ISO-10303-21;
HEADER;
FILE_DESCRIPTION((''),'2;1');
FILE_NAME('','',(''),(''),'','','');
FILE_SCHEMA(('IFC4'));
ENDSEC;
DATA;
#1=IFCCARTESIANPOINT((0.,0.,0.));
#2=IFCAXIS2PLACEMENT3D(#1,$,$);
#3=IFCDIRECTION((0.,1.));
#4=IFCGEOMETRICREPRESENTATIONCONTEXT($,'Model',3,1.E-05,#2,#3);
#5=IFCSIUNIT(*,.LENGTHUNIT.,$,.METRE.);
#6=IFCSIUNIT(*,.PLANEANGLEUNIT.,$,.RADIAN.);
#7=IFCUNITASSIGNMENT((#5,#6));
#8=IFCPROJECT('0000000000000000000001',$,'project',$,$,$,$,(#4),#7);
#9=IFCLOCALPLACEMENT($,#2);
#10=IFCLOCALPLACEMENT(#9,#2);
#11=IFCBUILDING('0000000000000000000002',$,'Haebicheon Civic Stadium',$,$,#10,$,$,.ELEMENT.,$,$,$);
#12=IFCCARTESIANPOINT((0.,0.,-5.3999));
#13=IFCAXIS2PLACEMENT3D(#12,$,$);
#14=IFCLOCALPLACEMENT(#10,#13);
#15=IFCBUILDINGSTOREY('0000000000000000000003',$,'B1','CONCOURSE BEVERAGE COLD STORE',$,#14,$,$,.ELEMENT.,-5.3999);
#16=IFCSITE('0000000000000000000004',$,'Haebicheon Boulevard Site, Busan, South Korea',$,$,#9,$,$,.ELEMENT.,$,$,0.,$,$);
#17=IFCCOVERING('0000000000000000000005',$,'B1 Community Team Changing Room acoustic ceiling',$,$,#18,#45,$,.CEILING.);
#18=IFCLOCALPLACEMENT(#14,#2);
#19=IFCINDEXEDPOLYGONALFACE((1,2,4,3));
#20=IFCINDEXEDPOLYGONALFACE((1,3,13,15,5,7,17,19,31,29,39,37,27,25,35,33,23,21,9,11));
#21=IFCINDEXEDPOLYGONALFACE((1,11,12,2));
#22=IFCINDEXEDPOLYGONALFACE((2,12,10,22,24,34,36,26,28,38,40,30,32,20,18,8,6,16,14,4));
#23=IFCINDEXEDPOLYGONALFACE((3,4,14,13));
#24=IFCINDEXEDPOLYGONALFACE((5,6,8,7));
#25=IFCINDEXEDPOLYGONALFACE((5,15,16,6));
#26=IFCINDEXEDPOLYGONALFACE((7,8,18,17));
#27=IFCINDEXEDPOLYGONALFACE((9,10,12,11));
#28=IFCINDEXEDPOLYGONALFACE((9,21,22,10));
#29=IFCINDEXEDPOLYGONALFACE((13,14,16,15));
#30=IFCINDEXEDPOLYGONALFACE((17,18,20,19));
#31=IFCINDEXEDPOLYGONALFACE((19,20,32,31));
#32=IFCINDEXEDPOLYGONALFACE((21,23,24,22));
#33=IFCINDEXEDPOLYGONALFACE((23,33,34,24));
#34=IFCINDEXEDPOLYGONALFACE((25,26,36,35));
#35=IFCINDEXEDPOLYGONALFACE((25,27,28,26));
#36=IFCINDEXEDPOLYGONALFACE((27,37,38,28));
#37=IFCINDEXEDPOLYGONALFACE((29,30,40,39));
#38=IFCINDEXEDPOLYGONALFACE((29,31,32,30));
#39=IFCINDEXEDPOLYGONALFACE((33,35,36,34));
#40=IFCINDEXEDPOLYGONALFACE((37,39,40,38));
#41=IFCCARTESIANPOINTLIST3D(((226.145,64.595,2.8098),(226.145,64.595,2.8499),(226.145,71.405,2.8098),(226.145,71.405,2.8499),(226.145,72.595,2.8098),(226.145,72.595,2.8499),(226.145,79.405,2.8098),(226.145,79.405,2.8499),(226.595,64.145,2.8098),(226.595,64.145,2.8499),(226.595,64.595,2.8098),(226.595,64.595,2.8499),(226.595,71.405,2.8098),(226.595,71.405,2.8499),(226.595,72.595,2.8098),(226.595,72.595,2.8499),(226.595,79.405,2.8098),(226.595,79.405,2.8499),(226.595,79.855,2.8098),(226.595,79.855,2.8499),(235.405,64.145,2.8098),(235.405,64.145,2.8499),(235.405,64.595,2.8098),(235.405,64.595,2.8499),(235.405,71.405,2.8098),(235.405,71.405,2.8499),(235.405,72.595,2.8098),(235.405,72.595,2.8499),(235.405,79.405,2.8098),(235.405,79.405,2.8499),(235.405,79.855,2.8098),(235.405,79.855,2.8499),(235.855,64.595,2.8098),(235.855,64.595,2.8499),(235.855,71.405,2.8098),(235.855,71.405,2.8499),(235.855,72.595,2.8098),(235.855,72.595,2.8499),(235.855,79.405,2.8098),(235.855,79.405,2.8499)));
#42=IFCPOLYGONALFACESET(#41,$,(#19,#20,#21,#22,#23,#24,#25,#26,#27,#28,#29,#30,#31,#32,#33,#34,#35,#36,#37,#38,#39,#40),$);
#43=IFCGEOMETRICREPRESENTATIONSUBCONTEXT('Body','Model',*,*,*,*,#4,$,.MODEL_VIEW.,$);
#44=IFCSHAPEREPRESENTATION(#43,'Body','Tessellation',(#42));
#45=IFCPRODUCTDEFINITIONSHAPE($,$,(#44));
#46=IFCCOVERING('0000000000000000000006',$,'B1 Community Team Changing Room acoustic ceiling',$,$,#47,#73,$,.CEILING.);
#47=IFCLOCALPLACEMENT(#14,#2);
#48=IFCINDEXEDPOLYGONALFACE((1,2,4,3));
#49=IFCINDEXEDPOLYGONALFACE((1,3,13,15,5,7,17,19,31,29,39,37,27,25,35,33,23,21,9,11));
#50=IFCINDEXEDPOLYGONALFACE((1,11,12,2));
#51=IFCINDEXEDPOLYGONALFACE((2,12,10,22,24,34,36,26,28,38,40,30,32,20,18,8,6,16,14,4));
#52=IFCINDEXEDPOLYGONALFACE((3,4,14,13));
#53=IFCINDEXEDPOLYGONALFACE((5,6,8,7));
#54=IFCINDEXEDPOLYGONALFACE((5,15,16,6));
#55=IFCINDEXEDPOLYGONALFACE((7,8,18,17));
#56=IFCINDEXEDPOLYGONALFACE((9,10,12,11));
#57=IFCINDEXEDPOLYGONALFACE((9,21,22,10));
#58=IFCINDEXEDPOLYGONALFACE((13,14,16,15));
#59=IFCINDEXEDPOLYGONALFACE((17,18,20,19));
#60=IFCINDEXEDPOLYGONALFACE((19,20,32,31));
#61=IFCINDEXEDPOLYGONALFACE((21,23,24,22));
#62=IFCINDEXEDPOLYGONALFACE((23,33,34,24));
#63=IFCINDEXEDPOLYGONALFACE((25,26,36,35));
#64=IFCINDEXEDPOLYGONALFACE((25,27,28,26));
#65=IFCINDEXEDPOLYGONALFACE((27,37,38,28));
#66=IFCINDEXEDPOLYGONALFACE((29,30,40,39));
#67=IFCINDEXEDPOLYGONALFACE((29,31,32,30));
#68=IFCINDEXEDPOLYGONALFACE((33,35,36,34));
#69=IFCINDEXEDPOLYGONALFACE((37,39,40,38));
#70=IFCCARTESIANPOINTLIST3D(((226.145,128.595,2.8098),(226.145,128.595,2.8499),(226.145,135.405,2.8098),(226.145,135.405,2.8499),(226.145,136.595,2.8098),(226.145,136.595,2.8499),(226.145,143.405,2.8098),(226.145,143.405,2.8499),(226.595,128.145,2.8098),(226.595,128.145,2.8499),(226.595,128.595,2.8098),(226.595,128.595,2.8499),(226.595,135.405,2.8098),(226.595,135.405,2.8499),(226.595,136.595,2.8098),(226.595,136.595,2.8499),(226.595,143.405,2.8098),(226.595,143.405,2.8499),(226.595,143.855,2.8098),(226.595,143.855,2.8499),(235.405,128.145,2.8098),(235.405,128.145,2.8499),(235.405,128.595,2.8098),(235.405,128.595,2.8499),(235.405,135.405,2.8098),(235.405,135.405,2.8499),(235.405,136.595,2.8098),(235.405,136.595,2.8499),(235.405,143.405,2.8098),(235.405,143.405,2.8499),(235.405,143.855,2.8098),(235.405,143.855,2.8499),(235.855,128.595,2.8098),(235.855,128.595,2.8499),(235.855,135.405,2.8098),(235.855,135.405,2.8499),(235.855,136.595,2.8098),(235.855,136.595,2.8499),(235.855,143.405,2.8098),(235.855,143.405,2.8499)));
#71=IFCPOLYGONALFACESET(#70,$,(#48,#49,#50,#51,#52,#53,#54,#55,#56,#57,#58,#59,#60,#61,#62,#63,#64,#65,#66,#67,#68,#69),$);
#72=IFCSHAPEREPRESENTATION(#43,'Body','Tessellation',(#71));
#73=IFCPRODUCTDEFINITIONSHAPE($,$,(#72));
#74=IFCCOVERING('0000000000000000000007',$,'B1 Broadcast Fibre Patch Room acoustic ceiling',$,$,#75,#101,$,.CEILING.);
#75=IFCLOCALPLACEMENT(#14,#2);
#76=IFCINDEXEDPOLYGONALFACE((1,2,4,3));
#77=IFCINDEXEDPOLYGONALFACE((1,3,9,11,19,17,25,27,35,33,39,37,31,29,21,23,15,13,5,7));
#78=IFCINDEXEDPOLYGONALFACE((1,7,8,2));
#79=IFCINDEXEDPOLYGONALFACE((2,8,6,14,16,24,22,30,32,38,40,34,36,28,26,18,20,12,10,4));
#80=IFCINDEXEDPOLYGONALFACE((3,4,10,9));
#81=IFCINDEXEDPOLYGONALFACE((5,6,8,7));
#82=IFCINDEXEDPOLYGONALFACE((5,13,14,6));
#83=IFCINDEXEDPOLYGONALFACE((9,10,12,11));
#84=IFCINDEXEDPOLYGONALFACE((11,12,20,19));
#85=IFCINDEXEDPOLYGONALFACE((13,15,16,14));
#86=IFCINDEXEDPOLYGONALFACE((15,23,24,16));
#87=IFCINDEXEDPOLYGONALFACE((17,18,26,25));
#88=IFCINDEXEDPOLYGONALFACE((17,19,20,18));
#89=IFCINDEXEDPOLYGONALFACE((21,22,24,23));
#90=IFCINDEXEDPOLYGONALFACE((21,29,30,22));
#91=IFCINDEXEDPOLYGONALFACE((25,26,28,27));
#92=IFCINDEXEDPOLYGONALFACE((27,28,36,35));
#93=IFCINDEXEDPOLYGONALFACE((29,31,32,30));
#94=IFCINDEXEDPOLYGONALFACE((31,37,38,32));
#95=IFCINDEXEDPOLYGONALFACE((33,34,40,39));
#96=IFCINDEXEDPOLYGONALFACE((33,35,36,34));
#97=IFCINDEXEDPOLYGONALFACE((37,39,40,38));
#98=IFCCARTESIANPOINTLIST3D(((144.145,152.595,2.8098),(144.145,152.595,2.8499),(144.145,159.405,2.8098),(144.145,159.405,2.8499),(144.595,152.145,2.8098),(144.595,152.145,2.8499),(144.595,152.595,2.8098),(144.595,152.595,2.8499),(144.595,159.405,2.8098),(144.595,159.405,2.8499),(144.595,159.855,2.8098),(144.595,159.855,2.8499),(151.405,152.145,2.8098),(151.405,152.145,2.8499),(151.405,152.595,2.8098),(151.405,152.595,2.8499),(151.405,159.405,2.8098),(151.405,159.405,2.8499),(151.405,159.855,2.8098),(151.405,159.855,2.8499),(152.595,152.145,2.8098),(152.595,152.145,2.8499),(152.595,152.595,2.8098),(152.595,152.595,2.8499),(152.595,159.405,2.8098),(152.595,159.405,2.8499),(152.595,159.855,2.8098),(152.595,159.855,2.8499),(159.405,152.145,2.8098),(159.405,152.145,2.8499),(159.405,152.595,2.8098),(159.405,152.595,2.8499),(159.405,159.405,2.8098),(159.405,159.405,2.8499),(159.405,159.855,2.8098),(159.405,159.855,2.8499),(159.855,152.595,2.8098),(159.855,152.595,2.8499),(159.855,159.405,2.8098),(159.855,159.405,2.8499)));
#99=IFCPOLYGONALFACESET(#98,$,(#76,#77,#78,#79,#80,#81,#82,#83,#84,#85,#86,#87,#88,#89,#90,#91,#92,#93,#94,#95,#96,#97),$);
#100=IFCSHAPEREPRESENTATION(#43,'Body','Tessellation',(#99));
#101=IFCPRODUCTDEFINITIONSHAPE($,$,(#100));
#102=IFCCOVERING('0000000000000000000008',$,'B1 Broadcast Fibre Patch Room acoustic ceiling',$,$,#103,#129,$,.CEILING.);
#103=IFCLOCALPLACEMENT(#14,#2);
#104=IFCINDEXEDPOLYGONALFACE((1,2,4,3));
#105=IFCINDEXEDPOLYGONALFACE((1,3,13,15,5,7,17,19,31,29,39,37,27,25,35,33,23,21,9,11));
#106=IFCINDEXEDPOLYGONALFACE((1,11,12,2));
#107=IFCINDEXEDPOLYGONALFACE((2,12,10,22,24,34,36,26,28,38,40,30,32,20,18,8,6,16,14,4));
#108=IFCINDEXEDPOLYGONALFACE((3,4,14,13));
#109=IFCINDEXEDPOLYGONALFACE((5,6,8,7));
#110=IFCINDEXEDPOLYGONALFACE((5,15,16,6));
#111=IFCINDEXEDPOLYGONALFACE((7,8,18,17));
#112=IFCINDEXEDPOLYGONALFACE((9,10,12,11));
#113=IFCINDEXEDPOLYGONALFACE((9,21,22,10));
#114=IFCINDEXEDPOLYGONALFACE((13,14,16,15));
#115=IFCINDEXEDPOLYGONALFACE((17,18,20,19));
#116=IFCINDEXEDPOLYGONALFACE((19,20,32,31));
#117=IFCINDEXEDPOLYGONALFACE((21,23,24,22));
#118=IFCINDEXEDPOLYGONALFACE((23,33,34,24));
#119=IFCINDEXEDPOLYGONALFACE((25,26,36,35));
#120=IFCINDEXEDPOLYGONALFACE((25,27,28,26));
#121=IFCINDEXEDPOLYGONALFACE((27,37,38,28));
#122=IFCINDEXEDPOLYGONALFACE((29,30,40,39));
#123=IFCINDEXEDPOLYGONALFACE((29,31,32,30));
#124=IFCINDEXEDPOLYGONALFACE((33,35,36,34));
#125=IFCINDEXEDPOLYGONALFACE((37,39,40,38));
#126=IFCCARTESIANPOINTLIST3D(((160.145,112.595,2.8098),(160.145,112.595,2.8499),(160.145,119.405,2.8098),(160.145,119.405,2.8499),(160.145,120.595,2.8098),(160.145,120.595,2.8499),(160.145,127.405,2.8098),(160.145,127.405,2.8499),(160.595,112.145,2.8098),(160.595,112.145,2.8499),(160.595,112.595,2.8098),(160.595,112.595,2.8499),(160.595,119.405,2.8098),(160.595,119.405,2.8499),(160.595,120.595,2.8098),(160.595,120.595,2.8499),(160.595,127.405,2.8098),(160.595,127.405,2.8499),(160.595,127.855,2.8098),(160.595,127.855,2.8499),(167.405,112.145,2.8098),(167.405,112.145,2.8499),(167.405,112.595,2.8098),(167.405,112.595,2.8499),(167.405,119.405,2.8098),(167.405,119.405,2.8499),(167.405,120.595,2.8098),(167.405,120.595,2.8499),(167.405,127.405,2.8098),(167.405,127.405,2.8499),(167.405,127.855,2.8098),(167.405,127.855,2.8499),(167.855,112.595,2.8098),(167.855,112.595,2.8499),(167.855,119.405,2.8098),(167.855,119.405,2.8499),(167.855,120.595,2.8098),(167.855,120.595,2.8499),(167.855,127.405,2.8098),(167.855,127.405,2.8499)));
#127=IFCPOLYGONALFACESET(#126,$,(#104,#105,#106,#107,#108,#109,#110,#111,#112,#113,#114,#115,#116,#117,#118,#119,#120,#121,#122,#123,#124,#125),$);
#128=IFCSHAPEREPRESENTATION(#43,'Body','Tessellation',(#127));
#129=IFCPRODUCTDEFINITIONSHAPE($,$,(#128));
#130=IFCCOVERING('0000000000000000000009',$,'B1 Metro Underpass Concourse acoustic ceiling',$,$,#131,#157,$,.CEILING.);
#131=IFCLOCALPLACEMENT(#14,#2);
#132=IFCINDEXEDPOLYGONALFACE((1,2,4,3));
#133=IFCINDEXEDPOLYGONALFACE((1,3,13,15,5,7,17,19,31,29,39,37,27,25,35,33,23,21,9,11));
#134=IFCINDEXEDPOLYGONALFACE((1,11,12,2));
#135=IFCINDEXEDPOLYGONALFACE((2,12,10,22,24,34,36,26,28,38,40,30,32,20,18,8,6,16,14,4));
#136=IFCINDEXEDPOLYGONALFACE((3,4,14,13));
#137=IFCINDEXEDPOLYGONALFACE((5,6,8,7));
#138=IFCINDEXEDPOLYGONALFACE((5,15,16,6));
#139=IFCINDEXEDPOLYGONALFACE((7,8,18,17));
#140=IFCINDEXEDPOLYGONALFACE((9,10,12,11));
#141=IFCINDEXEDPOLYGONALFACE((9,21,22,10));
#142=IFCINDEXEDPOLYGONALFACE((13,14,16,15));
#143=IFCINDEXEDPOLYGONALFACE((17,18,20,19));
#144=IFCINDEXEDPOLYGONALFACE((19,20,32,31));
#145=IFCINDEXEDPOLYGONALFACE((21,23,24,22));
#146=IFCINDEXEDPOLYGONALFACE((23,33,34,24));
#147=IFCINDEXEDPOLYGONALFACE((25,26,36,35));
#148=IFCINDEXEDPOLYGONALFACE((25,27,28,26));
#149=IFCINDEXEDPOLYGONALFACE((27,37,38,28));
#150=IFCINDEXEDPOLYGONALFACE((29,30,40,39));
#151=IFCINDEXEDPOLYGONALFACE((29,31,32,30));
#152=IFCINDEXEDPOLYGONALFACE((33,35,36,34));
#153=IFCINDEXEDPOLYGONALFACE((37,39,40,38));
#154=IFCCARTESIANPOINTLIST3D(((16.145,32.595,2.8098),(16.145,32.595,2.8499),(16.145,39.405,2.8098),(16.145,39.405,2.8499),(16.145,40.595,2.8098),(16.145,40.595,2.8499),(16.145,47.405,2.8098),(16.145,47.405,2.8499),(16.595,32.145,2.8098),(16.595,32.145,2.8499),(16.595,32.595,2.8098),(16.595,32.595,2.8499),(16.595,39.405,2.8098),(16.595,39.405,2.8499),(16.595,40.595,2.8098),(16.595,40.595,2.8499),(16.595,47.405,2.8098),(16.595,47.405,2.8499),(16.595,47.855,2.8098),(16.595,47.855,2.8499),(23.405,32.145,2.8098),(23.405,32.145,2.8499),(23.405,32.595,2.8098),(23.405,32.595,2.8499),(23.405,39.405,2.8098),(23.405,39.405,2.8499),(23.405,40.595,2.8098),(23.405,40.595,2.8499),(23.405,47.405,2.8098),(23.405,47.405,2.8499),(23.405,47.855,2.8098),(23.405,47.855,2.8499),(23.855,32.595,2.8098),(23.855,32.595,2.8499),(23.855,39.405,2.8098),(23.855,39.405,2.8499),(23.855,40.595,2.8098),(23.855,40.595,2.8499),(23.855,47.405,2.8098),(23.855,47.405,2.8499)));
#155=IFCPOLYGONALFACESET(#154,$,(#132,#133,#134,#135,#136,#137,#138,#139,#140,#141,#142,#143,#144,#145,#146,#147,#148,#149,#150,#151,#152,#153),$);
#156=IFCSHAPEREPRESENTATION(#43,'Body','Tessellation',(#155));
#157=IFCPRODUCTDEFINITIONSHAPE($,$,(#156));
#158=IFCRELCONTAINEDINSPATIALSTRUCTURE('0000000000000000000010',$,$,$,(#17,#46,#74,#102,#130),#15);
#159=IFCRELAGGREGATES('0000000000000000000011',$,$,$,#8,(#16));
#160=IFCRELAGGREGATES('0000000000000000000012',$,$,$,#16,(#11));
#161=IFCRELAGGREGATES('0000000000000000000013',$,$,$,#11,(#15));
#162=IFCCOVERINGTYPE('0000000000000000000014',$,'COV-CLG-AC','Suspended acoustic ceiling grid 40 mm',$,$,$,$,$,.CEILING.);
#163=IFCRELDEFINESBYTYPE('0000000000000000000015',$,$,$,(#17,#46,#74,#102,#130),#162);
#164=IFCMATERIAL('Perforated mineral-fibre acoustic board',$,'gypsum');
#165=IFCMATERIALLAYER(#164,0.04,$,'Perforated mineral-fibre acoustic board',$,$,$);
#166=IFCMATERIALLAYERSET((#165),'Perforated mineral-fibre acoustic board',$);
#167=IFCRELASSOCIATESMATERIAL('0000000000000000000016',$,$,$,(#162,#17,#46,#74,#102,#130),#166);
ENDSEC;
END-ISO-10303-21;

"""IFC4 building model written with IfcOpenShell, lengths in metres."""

from ifc_helpers import new_model, si_unit, direction, frame, origin, place, context, subcontext, project, spatial, polyline, outline, extrude, material, layer, layer_set, type_object, element, save


model = new_model("IFC4")

# Units and contexts
model_context = context("Model", 3, precision=1e-05, world=origin(), true_north=direction((0.0, 1.0)))
body_context = subcontext(model_context, "Body", "Model", "MODEL_VIEW")
ifc_project = project(units=[si_unit("LENGTHUNIT", "METRE"), si_unit("PLANEANGLEUNIT", "RADIAN")], contexts=[model_context])

# Site, building, storey
site_placement = place(None, origin())
site = spatial("IfcSite", under=ifc_project, at=site_placement, Name="Haebicheon Boulevard Site, Busan, South Korea", CompositionType="ELEMENT", RefElevation=0.0)
building_placement = place(site_placement, origin())
building = spatial("IfcBuilding", under=site, at=building_placement, Name="Haebicheon Civic Stadium", CompositionType="ELEMENT")
storey_placement = place(building_placement, frame((0.0, 0.0, -5.3999)))
storey = spatial("IfcBuildingStorey", under=building, at=storey_placement, Name="B1", Description="CONCOURSE BEVERAGE COLD STORE", CompositionType="ELEMENT", Elevation=-5.3999)

# Coverings
ifc_material_1 = material(Name="Perforated mineral-fibre acoustic board", Category="gypsum")
ifc_layer_1 = layer(ifc_material_1, 0.04, Name="Perforated mineral-fibre acoustic board")
ifc_layer_set_1 = layer_set([ifc_layer_1], Name="Perforated mineral-fibre acoustic board")
covering_type_1 = type_object("IfcCoveringType", Name="COV-CLG-AC", Description="Suspended acoustic ceiling grid 40 mm", PredefinedType="CEILING", material=ifc_layer_set_1)
covering_1_placement = place(storey_placement, frame((0.0, 0.0, 2.8098)))
element("IfcCovering", 1, at=covering_1_placement, inside=storey, type_object=covering_type_1, material=ifc_layer_set_1, Name="B1 Community Team Changing Room acoustic ceiling", PredefinedType="CEILING", context=body_context, shape_type="SweptSolid", body=[
    extrude(outline(polyline([(226.595, 64.145), (226.595, 64.595), (226.145, 64.595), (226.145, 71.405), (226.595, 71.405), (226.595, 72.595), (226.145, 72.595), (226.145, 79.405), (226.595, 79.405), (226.595, 79.855), (235.405, 79.855), (235.405, 79.405), (235.855, 79.405), (235.855, 72.595), (235.405, 72.595), (235.405, 71.405), (235.855, 71.405), (235.855, 64.595), (235.405, 64.595), (235.405, 64.145), (226.595, 64.145)])), origin(), (0.0, 0.0, 1.0), 0.04),
])
covering_2_placement = place(storey_placement, frame((0.0, 0.0, 2.8098)))
element("IfcCovering", 2, at=covering_2_placement, inside=storey, type_object=covering_type_1, material=ifc_layer_set_1, Name="B1 Community Team Changing Room acoustic ceiling", PredefinedType="CEILING", context=body_context, shape_type="SweptSolid", body=[
    extrude(outline(polyline([(226.595, 128.145), (226.595, 128.595), (226.145, 128.595), (226.145, 135.405), (226.595, 135.405), (226.595, 136.595), (226.145, 136.595), (226.145, 143.405), (226.595, 143.405), (226.595, 143.855), (235.405, 143.855), (235.405, 143.405), (235.855, 143.405), (235.855, 136.595), (235.405, 136.595), (235.405, 135.405), (235.855, 135.405), (235.855, 128.595), (235.405, 128.595), (235.405, 128.145), (226.595, 128.145)])), origin(), (0.0, 0.0, 1.0), 0.04),
])
covering_3_placement = place(storey_placement, frame((0.0, 0.0, 2.8098)))
element("IfcCovering", 3, at=covering_3_placement, inside=storey, type_object=covering_type_1, material=ifc_layer_set_1, Name="B1 Broadcast Fibre Patch Room acoustic ceiling", PredefinedType="CEILING", context=body_context, shape_type="SweptSolid", body=[
    extrude(outline(polyline([(144.145, 159.405), (144.595, 159.405), (144.595, 159.855), (151.405, 159.855), (151.405, 159.405), (152.595, 159.405), (152.595, 159.855), (159.405, 159.855), (159.405, 159.405), (159.855, 159.405), (159.855, 152.595), (159.405, 152.595), (159.405, 152.145), (152.595, 152.145), (152.595, 152.595), (151.405, 152.595), (151.405, 152.145), (144.595, 152.145), (144.595, 152.595), (144.145, 152.595), (144.145, 159.405)])), origin(), (0.0, 0.0, 1.0), 0.04),
])
covering_4_placement = place(storey_placement, frame((0.0, 0.0, 2.8098)))
element("IfcCovering", 4, at=covering_4_placement, inside=storey, type_object=covering_type_1, material=ifc_layer_set_1, Name="B1 Broadcast Fibre Patch Room acoustic ceiling", PredefinedType="CEILING", context=body_context, shape_type="SweptSolid", body=[
    extrude(outline(polyline([(160.595, 112.145), (160.595, 112.595), (160.145, 112.595), (160.145, 119.405), (160.595, 119.405), (160.595, 120.595), (160.145, 120.595), (160.145, 127.405), (160.595, 127.405), (160.595, 127.855), (167.405, 127.855), (167.405, 127.405), (167.855, 127.405), (167.855, 120.595), (167.405, 120.595), (167.405, 119.405), (167.855, 119.405), (167.855, 112.595), (167.405, 112.595), (167.405, 112.145), (160.595, 112.145)])), origin(), (0.0, 0.0, 1.0), 0.04),
])
covering_5_placement = place(storey_placement, frame((0.0, 0.0, 2.8098)))
element("IfcCovering", 5, at=covering_5_placement, inside=storey, type_object=covering_type_1, material=ifc_layer_set_1, Name="B1 Metro Underpass Concourse acoustic ceiling", PredefinedType="CEILING", context=body_context, shape_type="SweptSolid", body=[
    extrude(outline(polyline([(16.595, 32.145), (16.595, 32.595), (16.145, 32.595), (16.145, 39.405), (16.595, 39.405), (16.595, 40.595), (16.145, 40.595), (16.145, 47.405), (16.595, 47.405), (16.595, 47.855), (23.405, 47.855), (23.405, 47.405), (23.855, 47.405), (23.855, 40.595), (23.405, 40.595), (23.405, 39.405), (23.855, 39.405), (23.855, 32.595), (23.405, 32.595), (23.405, 32.145), (16.595, 32.145)])), origin(), (0.0, 0.0, 1.0), 0.04),
])

save(model, "model.ifc")
